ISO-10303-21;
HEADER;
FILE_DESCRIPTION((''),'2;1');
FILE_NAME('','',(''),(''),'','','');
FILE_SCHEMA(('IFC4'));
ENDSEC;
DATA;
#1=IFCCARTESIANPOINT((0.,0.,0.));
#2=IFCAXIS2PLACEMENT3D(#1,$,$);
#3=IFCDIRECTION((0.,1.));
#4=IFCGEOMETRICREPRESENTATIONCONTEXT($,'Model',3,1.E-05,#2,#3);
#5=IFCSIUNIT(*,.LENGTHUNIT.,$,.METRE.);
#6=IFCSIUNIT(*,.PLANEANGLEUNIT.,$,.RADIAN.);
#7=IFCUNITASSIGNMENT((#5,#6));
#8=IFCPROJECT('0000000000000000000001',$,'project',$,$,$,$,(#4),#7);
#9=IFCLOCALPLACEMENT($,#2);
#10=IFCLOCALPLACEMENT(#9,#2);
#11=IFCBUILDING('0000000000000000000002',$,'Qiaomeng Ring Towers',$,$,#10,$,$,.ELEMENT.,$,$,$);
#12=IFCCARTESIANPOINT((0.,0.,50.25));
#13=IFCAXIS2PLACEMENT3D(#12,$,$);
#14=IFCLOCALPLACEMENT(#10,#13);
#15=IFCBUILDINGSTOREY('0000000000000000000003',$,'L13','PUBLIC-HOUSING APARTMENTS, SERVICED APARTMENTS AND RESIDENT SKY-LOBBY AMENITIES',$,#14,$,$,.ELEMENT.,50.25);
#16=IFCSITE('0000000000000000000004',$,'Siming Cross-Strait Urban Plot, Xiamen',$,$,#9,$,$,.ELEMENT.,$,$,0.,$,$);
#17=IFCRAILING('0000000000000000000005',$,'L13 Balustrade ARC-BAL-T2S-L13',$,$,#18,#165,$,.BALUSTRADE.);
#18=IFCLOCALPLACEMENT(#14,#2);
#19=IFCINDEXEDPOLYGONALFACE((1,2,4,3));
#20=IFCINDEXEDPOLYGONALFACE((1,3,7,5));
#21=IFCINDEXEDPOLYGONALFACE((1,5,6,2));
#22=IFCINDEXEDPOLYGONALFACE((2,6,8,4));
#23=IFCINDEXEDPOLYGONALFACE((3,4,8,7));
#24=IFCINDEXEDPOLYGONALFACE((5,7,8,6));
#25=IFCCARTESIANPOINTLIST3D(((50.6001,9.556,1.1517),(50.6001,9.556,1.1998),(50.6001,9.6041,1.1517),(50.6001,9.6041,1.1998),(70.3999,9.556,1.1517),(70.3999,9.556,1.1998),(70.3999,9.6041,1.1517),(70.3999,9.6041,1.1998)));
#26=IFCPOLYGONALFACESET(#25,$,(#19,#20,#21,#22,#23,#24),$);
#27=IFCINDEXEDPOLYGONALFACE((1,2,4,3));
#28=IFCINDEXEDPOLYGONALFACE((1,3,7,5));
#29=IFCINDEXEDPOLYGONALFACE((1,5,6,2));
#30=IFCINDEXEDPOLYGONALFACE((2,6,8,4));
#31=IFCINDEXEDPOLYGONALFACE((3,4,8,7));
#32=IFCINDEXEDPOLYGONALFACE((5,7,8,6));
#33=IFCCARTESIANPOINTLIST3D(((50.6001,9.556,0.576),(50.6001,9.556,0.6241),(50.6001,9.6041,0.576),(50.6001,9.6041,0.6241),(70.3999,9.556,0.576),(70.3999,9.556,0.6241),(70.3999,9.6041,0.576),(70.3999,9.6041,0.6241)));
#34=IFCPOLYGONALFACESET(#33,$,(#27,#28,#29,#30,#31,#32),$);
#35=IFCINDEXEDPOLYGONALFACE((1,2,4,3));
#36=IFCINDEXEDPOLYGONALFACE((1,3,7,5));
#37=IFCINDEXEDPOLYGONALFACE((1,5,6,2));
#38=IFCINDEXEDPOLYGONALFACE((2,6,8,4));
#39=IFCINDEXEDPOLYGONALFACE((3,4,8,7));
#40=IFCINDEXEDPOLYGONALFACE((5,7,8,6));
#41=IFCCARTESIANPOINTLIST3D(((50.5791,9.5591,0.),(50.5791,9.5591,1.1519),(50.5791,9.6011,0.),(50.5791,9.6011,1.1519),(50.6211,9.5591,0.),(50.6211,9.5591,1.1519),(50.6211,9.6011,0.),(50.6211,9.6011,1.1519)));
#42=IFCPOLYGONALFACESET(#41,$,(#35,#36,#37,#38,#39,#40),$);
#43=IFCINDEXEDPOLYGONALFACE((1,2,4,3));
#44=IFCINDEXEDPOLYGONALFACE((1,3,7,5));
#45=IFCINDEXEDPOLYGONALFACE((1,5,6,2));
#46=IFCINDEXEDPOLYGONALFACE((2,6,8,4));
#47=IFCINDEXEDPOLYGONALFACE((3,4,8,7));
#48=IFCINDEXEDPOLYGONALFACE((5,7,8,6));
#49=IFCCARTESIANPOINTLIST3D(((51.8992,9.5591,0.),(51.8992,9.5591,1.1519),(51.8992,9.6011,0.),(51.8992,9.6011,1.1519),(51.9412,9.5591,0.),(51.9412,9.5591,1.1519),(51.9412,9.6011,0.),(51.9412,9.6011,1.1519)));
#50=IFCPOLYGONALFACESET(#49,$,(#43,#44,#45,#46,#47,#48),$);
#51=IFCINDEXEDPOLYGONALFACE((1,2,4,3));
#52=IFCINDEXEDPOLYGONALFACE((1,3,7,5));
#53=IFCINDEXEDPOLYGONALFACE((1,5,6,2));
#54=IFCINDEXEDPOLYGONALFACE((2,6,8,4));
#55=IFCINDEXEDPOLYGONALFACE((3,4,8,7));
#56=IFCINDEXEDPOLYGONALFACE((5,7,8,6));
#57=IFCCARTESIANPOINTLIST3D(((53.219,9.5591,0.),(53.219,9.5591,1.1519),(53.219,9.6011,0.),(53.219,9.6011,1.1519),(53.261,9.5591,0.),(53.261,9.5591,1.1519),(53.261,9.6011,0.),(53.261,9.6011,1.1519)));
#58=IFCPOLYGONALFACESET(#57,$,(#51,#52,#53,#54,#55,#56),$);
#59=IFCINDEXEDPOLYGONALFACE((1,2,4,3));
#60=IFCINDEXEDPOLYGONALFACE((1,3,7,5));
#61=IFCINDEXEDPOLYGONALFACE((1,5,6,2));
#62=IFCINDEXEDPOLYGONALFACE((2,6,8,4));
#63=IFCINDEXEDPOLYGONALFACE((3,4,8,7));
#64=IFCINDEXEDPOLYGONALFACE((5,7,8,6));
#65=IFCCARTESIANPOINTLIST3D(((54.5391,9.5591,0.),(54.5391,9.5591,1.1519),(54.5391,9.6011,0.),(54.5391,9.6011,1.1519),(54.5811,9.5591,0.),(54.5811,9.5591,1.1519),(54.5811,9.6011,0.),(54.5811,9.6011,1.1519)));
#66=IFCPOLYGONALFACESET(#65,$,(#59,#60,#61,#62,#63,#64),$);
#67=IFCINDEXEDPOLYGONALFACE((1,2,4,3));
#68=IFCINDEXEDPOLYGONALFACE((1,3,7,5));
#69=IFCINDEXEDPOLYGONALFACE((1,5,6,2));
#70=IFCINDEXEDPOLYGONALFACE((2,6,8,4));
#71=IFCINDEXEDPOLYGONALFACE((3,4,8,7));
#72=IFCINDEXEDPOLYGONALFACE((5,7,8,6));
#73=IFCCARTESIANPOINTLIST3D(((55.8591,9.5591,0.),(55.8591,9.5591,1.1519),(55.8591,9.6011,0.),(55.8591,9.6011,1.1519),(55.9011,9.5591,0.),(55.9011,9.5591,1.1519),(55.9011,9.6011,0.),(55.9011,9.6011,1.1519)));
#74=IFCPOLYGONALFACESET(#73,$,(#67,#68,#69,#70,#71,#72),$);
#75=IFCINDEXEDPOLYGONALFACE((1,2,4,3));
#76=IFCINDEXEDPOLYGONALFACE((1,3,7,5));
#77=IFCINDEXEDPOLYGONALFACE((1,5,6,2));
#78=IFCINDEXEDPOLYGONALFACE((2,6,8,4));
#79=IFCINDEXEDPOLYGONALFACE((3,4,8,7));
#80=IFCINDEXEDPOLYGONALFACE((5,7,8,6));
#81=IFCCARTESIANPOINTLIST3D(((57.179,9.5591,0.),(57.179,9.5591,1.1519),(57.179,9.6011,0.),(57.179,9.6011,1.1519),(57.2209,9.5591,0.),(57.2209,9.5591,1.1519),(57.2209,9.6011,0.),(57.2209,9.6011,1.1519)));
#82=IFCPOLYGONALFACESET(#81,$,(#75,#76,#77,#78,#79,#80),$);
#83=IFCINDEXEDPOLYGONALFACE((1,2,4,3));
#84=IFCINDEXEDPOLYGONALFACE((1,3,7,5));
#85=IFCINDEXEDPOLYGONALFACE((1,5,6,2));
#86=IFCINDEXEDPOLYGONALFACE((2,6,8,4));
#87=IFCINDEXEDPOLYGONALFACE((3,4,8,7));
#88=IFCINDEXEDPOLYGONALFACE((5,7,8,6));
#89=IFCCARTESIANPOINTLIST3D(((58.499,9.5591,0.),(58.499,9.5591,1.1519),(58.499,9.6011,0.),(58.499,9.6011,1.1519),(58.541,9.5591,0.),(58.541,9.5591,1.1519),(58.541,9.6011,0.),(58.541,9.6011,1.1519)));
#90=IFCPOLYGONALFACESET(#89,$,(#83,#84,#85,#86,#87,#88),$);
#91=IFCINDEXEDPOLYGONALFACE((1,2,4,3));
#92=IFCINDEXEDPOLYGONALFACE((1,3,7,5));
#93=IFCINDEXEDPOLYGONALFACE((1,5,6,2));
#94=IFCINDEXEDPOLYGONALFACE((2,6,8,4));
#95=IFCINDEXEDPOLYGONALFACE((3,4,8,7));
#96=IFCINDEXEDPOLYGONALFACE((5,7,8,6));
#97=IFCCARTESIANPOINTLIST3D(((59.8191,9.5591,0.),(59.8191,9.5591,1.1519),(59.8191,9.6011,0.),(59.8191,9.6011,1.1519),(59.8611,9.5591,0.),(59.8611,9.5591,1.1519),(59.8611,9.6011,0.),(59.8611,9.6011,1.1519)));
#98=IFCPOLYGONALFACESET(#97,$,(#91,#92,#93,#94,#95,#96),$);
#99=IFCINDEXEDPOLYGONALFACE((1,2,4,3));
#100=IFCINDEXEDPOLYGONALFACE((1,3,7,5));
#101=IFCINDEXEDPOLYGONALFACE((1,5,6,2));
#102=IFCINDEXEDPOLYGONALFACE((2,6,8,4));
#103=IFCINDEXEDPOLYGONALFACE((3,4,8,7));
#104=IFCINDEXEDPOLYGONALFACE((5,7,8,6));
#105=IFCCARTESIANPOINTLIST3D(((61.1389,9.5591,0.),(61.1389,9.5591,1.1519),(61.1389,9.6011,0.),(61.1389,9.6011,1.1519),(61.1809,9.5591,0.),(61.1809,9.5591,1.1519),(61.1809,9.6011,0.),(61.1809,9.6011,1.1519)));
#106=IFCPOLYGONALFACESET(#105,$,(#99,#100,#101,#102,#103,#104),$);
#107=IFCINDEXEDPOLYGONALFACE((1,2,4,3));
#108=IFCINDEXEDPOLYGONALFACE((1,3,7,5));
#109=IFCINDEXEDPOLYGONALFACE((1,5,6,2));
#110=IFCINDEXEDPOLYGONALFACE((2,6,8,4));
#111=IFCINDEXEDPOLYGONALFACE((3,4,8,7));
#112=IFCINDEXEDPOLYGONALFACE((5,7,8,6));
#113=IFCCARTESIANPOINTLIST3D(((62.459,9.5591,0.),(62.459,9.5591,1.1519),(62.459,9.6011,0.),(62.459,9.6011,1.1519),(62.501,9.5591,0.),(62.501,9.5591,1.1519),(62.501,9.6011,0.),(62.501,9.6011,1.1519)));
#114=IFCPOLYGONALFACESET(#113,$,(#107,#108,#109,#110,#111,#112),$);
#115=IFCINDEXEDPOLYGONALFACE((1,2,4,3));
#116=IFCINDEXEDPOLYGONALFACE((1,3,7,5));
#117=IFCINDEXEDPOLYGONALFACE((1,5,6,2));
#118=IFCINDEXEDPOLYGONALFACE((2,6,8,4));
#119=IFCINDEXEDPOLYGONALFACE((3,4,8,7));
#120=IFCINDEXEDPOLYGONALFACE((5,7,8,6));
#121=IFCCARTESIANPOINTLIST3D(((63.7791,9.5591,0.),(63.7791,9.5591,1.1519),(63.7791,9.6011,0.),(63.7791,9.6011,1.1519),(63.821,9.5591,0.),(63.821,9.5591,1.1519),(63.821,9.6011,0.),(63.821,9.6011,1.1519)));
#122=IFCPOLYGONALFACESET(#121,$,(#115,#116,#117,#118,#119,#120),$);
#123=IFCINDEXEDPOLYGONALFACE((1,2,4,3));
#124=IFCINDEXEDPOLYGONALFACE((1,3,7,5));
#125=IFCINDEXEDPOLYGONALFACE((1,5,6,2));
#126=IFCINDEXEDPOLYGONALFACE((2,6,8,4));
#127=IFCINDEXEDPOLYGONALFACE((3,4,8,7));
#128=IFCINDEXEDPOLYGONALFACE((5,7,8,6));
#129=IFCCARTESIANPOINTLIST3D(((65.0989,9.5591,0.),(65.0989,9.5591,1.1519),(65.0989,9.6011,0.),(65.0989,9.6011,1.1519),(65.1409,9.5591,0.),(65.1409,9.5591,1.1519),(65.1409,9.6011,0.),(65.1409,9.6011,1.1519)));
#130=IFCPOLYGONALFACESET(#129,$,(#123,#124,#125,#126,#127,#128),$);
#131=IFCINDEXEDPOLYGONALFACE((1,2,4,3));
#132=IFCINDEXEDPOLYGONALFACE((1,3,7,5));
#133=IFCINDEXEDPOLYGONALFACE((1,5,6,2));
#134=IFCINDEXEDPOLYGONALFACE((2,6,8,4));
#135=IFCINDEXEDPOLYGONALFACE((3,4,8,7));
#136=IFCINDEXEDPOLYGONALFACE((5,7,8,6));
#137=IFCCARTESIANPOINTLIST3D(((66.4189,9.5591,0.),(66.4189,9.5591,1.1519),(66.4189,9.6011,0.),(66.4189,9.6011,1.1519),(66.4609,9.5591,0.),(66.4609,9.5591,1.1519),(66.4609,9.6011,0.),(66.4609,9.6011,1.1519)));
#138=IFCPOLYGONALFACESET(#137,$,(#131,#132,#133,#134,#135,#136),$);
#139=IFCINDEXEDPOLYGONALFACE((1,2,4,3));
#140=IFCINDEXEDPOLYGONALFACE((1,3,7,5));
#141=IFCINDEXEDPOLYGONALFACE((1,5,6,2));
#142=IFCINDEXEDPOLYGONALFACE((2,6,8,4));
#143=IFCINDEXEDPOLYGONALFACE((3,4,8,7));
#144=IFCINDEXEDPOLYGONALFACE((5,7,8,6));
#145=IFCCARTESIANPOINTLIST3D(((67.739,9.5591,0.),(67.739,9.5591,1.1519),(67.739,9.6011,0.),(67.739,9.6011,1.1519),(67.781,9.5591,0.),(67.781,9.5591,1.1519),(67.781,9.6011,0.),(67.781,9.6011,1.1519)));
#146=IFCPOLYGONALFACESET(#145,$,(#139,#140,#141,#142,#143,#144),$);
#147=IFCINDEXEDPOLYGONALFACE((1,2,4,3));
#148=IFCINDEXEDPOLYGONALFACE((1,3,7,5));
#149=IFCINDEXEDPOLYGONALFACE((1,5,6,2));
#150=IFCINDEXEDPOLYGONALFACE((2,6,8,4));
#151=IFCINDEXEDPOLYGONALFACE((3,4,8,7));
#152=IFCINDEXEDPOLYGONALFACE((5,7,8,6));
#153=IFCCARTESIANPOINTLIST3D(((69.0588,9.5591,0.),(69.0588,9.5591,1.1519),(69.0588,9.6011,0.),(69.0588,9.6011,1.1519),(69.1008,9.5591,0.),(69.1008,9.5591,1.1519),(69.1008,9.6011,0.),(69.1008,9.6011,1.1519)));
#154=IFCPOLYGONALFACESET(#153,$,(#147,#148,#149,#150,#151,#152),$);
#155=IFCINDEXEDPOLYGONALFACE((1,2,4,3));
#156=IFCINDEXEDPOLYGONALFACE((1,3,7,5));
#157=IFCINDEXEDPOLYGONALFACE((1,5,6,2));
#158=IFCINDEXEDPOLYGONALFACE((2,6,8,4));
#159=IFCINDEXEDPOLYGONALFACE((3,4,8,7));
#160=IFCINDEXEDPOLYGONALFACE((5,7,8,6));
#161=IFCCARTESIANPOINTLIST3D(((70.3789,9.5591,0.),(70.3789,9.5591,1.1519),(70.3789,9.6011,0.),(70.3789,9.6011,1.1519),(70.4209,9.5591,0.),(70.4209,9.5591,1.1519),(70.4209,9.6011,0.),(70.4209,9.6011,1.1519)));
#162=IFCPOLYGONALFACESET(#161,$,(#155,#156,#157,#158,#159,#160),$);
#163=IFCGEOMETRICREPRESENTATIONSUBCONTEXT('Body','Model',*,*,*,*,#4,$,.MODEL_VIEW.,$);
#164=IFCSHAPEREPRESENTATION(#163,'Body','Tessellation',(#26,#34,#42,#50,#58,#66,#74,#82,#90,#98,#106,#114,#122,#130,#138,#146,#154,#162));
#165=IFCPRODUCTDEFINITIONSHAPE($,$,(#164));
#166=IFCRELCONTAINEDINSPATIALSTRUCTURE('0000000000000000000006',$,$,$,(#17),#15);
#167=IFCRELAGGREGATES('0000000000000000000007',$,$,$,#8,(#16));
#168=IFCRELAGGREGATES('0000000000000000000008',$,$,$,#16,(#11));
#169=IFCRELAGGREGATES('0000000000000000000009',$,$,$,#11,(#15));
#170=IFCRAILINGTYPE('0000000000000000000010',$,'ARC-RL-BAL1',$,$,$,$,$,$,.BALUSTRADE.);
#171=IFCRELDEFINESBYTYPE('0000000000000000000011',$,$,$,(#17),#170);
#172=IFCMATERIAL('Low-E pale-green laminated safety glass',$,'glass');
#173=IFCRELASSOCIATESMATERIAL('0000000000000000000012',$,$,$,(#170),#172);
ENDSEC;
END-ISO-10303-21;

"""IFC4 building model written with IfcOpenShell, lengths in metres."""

from ifc_helpers import new_model, si_unit, direction, frame, origin, origin_2d, place, context, subcontext, project, spatial, rectangle, extrude, material, type_object, element, save


model = new_model("IFC4")

# Units and contexts
model_context = context("Model", 3, precision=1e-05, world=origin(), true_north=direction((0.0, 1.0)))
body_context = subcontext(model_context, "Body", "Model", "MODEL_VIEW")
ifc_project = project(units=[si_unit("LENGTHUNIT", "METRE"), si_unit("PLANEANGLEUNIT", "RADIAN")], contexts=[model_context])

# Site, building, storey
site_placement = place(None, origin())
site = spatial("IfcSite", under=ifc_project, at=site_placement, Name="Siming Cross-Strait Urban Plot, Xiamen", CompositionType="ELEMENT", RefElevation=0.0)
building_placement = place(site_placement, origin())
building = spatial("IfcBuilding", under=site, at=building_placement, Name="Qiaomeng Ring Towers", CompositionType="ELEMENT")
storey_placement = place(building_placement, frame((0.0, 0.0, 50.25)))
storey = spatial("IfcBuildingStorey", under=building, at=storey_placement, Name="L13", Description="PUBLIC-HOUSING APARTMENTS, SERVICED APARTMENTS AND RESIDENT SKY-LOBBY AMENITIES", CompositionType="ELEMENT", Elevation=50.25)

# Railing
ifc_material_1 = material(Name="Low-E pale-green laminated safety glass", Category="glass")
railing_type = type_object("IfcRailingType", Name="ARC-RL-BAL1", PredefinedType="BALUSTRADE", material=ifc_material_1)
railing_placement = place(storey_placement, frame((50.6001, 9.5801, 0.0)))
element("IfcRailing", 1, at=railing_placement, inside=storey, type_object=railing_type, Name="L13 Balustrade ARC-BAL-T2S-L13", PredefinedType="BALUSTRADE", context=body_context, shape_type="SweptSolid", body=[
    extrude(rectangle(XDim=0.0481, YDim=0.0481, at=origin_2d()), frame((0.0, 0.0, 1.1758), z_axis=(1.0, 0.0, 0.0), x_axis=(0.0, 1.0, 0.0)), (0.0, 0.0, 1.0), 19.7998),
    extrude(rectangle(XDim=0.0481, YDim=0.0481, at=origin_2d()), frame((0.0, 0.0, 0.6001), z_axis=(1.0, 0.0, 0.0), x_axis=(0.0, 1.0, 0.0)), (0.0, 0.0, 1.0), 19.7998),
    extrude(rectangle(XDim=0.042, YDim=0.042, at=origin_2d()), origin(), (0.0, 0.0, 1.0), 1.1519),
    extrude(rectangle(XDim=0.042, YDim=0.042, at=origin_2d()), frame((1.3201, 0.0, 0.0)), (0.0, 0.0, 1.0), 1.1519),
    extrude(rectangle(XDim=0.042, YDim=0.042, at=origin_2d()), frame((2.6399, 0.0, 0.0)), (0.0, 0.0, 1.0), 1.1519),
    extrude(rectangle(XDim=0.042, YDim=0.042, at=origin_2d()), frame((3.96, 0.0, 0.0)), (0.0, 0.0, 1.0), 1.1519),
    extrude(rectangle(XDim=0.042, YDim=0.042, at=origin_2d()), frame((5.28, 0.0, 0.0)), (0.0, 0.0, 1.0), 1.1519),
    extrude(rectangle(XDim=0.042, YDim=0.042, at=origin_2d()), frame((6.5999, 0.0, 0.0)), (0.0, 0.0, 1.0), 1.1519),
    extrude(rectangle(XDim=0.042, YDim=0.042, at=origin_2d()), frame((7.9199, 0.0, 0.0)), (0.0, 0.0, 1.0), 1.1519),
    extrude(rectangle(XDim=0.042, YDim=0.042, at=origin_2d()), frame((9.24, 0.0, 0.0)), (0.0, 0.0, 1.0), 1.1519),
    extrude(rectangle(XDim=0.042, YDim=0.042, at=origin_2d()), frame((10.5598, 0.0, 0.0)), (0.0, 0.0, 1.0), 1.1519),
    extrude(rectangle(XDim=0.042, YDim=0.042, at=origin_2d()), frame((11.8799, 0.0, 0.0)), (0.0, 0.0, 1.0), 1.1519),
    extrude(rectangle(XDim=0.042, YDim=0.042, at=origin_2d()), frame((13.2, 0.0, 0.0)), (0.0, 0.0, 1.0), 1.1519),
    extrude(rectangle(XDim=0.042, YDim=0.042, at=origin_2d()), frame((14.5198, 0.0, 0.0)), (0.0, 0.0, 1.0), 1.1519),
    extrude(rectangle(XDim=0.042, YDim=0.042, at=origin_2d()), frame((15.8398, 0.0, 0.0)), (0.0, 0.0, 1.0), 1.1519),
    extrude(rectangle(XDim=0.042, YDim=0.042, at=origin_2d()), frame((17.1599, 0.0, 0.0)), (0.0, 0.0, 1.0), 1.1519),
    extrude(rectangle(XDim=0.042, YDim=0.042, at=origin_2d()), frame((18.4797, 0.0, 0.0)), (0.0, 0.0, 1.0), 1.1519),
    extrude(rectangle(XDim=0.042, YDim=0.042, at=origin_2d()), frame((19.7998, 0.0, 0.0)), (0.0, 0.0, 1.0), 1.1519),
])

save(model, "model.ifc")
